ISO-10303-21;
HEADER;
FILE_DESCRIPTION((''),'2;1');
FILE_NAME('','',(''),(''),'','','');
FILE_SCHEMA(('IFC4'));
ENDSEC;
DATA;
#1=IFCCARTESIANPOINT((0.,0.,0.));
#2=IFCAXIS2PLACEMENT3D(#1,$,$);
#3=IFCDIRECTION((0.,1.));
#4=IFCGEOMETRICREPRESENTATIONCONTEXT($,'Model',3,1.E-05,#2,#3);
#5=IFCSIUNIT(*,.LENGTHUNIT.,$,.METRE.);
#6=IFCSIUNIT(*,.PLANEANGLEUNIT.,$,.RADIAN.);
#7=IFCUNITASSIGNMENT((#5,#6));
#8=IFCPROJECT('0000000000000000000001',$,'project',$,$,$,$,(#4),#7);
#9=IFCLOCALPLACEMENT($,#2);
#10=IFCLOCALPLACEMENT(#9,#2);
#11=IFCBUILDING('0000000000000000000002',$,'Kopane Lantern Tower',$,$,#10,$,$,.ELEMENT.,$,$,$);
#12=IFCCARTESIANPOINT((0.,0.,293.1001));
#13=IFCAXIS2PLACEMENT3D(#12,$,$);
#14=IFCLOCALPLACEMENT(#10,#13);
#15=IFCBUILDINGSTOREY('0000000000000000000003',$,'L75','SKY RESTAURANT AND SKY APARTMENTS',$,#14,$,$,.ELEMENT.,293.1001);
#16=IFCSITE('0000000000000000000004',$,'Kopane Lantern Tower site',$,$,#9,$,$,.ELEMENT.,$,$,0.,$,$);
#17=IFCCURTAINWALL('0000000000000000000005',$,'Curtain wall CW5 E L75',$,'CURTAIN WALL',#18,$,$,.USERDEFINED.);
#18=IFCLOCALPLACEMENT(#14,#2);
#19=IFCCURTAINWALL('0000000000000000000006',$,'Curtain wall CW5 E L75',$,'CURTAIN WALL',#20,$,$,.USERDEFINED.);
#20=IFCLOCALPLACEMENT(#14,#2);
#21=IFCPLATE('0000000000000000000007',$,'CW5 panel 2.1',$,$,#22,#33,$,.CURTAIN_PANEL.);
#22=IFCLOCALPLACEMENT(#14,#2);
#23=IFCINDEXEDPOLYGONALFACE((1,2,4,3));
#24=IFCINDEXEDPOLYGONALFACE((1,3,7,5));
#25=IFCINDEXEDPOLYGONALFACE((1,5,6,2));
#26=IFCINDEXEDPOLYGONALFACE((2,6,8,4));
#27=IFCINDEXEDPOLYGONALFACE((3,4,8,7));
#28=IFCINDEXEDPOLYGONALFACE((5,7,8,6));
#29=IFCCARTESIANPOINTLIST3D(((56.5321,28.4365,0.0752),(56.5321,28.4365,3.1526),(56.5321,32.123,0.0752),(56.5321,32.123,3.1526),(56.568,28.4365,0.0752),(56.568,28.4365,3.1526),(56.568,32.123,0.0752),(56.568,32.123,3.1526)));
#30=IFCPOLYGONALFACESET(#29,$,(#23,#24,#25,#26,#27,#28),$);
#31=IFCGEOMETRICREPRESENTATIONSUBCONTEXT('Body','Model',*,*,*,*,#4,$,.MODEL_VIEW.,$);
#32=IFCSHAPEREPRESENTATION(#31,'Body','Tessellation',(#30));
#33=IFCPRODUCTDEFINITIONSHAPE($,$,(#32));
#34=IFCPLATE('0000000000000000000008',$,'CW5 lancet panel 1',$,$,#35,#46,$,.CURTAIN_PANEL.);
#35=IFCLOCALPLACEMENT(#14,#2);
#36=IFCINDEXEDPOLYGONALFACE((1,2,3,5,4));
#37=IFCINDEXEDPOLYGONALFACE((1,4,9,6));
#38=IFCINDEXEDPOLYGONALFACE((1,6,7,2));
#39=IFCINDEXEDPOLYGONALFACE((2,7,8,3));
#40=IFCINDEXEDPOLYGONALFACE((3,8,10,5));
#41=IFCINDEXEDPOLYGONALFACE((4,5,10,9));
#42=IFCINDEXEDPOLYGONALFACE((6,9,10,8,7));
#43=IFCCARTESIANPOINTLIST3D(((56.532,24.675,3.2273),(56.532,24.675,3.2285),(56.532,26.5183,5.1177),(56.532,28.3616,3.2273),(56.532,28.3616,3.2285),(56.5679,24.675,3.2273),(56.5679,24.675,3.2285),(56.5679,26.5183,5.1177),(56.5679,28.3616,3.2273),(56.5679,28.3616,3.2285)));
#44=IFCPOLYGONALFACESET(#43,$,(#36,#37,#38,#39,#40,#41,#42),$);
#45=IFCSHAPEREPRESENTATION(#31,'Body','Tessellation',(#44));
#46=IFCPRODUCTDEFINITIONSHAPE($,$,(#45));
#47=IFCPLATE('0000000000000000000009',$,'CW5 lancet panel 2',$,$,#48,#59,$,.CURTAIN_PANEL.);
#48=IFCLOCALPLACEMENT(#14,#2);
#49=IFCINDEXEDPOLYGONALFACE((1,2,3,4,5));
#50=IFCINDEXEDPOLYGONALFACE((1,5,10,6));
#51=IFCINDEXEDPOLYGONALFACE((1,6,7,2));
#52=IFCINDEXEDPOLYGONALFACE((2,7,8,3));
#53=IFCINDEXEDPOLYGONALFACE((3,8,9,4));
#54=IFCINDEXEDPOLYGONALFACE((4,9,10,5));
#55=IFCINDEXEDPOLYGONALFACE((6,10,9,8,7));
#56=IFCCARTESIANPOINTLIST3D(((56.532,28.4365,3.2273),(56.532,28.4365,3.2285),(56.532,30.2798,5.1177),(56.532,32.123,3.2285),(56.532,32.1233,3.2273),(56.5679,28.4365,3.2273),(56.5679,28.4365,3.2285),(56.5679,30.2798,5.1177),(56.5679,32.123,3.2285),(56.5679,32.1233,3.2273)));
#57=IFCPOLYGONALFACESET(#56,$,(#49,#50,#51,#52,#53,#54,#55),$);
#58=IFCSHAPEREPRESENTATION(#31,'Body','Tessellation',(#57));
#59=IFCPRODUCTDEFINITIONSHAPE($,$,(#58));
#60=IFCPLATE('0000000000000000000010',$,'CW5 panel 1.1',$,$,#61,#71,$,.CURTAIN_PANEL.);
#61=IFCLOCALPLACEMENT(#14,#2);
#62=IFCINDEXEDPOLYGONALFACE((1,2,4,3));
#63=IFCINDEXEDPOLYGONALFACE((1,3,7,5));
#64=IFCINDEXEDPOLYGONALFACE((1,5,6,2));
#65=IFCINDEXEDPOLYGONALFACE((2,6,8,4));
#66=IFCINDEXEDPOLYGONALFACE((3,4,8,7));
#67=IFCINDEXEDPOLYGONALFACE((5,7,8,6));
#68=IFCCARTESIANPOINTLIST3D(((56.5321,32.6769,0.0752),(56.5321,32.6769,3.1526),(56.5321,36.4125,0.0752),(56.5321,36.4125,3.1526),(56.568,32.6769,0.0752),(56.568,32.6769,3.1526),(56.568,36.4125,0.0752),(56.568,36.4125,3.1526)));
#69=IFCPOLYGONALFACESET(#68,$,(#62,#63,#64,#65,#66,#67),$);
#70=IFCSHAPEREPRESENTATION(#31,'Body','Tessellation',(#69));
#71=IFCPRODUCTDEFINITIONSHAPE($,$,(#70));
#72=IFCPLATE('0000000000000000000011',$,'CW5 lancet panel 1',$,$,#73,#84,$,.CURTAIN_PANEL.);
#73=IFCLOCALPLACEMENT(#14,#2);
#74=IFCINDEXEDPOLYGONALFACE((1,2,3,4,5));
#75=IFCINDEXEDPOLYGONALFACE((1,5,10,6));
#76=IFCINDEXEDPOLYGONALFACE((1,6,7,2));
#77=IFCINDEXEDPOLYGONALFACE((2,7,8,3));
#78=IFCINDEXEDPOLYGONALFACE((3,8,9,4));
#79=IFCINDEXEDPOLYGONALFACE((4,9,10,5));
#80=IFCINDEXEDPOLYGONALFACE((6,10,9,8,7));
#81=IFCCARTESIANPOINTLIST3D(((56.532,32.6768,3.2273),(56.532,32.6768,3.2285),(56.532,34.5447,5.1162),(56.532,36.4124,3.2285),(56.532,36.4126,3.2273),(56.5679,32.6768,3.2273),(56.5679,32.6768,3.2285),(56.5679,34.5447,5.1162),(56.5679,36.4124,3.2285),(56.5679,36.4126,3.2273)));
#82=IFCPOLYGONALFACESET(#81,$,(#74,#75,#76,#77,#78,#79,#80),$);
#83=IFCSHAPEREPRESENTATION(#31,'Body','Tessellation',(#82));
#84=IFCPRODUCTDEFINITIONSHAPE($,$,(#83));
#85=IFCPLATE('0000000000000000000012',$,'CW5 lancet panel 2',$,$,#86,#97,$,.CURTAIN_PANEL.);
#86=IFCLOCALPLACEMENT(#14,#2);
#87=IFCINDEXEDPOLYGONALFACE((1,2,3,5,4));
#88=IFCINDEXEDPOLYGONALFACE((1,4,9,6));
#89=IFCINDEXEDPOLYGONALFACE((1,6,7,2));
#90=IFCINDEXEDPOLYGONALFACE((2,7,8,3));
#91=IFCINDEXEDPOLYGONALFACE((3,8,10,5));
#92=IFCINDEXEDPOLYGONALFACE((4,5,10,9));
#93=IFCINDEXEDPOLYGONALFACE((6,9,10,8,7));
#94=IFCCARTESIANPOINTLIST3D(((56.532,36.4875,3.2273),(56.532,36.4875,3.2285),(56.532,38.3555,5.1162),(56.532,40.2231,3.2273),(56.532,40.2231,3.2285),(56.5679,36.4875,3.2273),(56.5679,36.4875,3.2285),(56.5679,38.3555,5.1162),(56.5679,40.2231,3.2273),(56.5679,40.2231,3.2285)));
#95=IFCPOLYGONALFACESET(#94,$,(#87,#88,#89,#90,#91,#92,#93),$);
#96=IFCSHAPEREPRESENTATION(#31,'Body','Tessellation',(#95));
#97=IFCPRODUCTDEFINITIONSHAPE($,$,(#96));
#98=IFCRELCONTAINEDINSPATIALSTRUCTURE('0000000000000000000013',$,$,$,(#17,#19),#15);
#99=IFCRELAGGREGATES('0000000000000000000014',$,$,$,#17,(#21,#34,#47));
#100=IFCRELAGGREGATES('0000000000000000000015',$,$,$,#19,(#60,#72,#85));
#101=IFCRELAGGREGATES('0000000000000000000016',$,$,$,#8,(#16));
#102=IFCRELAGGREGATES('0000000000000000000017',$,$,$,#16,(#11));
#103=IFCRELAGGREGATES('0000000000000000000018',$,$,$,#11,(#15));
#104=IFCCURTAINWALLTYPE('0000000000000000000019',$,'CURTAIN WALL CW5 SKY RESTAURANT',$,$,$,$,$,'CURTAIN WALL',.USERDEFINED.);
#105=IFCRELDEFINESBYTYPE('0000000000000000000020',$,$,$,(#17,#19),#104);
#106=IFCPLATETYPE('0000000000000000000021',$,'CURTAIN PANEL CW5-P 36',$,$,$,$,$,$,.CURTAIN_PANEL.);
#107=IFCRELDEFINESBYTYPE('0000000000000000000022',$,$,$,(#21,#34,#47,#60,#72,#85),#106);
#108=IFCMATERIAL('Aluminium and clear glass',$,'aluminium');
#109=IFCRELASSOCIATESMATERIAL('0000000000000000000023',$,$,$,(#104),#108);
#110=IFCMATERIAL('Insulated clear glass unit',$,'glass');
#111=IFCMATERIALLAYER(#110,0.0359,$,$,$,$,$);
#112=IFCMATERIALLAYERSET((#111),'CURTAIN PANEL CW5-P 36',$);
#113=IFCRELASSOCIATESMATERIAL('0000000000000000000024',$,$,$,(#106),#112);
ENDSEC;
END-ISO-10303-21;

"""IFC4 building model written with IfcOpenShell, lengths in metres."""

from ifc_helpers import new_model, si_unit, direction, frame, origin, origin_2d, place, context, subcontext, project, spatial, polyline, rectangle, outline, extrude, material, layer, layer_set, type_object, element, aggregate, save


model = new_model("IFC4")

# Units and contexts
model_context = context("Model", 3, precision=1e-05, world=origin(), true_north=direction((0.0, 1.0)))
body_context = subcontext(model_context, "Body", "Model", "MODEL_VIEW")
ifc_project = project(units=[si_unit("LENGTHUNIT", "METRE"), si_unit("PLANEANGLEUNIT", "RADIAN")], contexts=[model_context])

# Site, building, storey
site_placement = place(None, origin())
site = spatial("IfcSite", under=ifc_project, at=site_placement, Name="Kopane Lantern Tower site", CompositionType="ELEMENT", RefElevation=0.0)
building_placement = place(site_placement, origin())
building = spatial("IfcBuilding", under=site, at=building_placement, Name="Kopane Lantern Tower", CompositionType="ELEMENT")
storey_placement = place(building_placement, frame((0.0, 0.0, 293.1001)))
storey = spatial("IfcBuildingStorey", under=building, at=storey_placement, Name="L75", Description="SKY RESTAURANT AND SKY APARTMENTS", CompositionType="ELEMENT", Elevation=293.1001)

# Curtain walls
ifc_material_1 = material(Name="Aluminium and clear glass", Category="aluminium")
curtain_wall_type = type_object("IfcCurtainWallType", Name="CURTAIN WALL CW5 SKY RESTAURANT", ElementType="CURTAIN WALL", PredefinedType="USERDEFINED", material=ifc_material_1)
curtain_wall_1_placement = place(storey_placement, origin())
curtain_wall_1 = element("IfcCurtainWall", 1, at=curtain_wall_1_placement, inside=storey, type_object=curtain_wall_type, Name="Curtain wall CW5 E L75", ObjectType="CURTAIN WALL", PredefinedType="USERDEFINED")
curtain_wall_2_placement = place(storey_placement, origin())
curtain_wall_2 = element("IfcCurtainWall", 2, at=curtain_wall_2_placement, inside=storey, type_object=curtain_wall_type, Name="Curtain wall CW5 E L75", ObjectType="CURTAIN WALL", PredefinedType="USERDEFINED")

# Plates
ifc_material_2 = material(Name="Insulated clear glass unit", Category="glass")
ifc_layer = layer(ifc_material_2, 0.0359)
ifc_layer_set = layer_set([ifc_layer], Name="CURTAIN PANEL CW5-P 36")
plate_type = type_object("IfcPlateType", Name="CURTAIN PANEL CW5-P 36", PredefinedType="CURTAIN_PANEL", material=ifc_layer_set)
plate_1_placement = place(storey_placement, frame((56.55, 30.2798, 0.0752), z_axis=(0.0, 0.0, 1.0), x_axis=(0.0, 1.0, 0.0)))
plate_1 = element("IfcPlate", 3, at=plate_1_placement, type_object=plate_type, Name="CW5 panel 2.1", PredefinedType="CURTAIN_PANEL", context=body_context, shape_type="SweptSolid", body=[
    extrude(rectangle(XDim=3.6865, YDim=0.0359, at=origin_2d()), origin(), (0.0, 0.0, 1.0), 3.0774),
])
plate_2_placement = place(storey_placement, frame((56.55, 24.675, 3.2273), z_axis=(0.0, 0.0, 1.0), x_axis=(0.0, 1.0, 0.0)))
plate_2 = element("IfcPlate", 4, at=plate_2_placement, type_object=plate_type, Name="CW5 lancet panel 1", PredefinedType="CURTAIN_PANEL", context=body_context, shape_type="SweptSolid", body=[
    extrude(outline(polyline([(0.0, 0.0), (3.6865, 0.0), (3.6865, 0.0012), (1.8433, 1.8904), (0.0, 0.0012), (0.0, 0.0)])), frame((0.0, 0.0181, 0.0), z_axis=(0.0, -1.0, 0.0), x_axis=(1.0, 0.0, 0.0)), (0.0, 0.0, 1.0), 0.0359),
])
plate_3_placement = place(storey_placement, frame((56.55, 28.4365, 3.2273), z_axis=(0.0, 0.0, 1.0), x_axis=(0.0, 1.0, 0.0)))
plate_3 = element("IfcPlate", 5, at=plate_3_placement, type_object=plate_type, Name="CW5 lancet panel 2", PredefinedType="CURTAIN_PANEL", context=body_context, shape_type="SweptSolid", body=[
    extrude(outline(polyline([(0.0, 0.0), (3.6868, 0.0), (3.6865, 0.0012), (1.8433, 1.8904), (0.0, 0.0012), (0.0, 0.0)])), frame((0.0, 0.0181, 0.0), z_axis=(0.0, -1.0, 0.0), x_axis=(1.0, 0.0, 0.0)), (0.0, 0.0, 1.0), 0.0359),
])
aggregate(curtain_wall_1, [plate_1, plate_2, plate_3])
plate_4_placement = place(storey_placement, frame((56.55, 34.5447, 0.0752), z_axis=(0.0, 0.0, 1.0), x_axis=(0.0, 1.0, 0.0)))
plate_4 = element("IfcPlate", 6, at=plate_4_placement, type_object=plate_type, Name="CW5 panel 1.1", PredefinedType="CURTAIN_PANEL", context=body_context, shape_type="SweptSolid", body=[
    extrude(rectangle(XDim=3.7356, YDim=0.0359, at=origin_2d()), origin(), (0.0, 0.0, 1.0), 3.0774),
])
plate_5_placement = place(storey_placement, frame((56.55, 32.6768, 3.2273), z_axis=(0.0, 0.0, 1.0), x_axis=(0.0, 1.0, 0.0)))
plate_5 = element("IfcPlate", 7, at=plate_5_placement, type_object=plate_type, Name="CW5 lancet panel 1", PredefinedType="CURTAIN_PANEL", context=body_context, shape_type="SweptSolid", body=[
    extrude(outline(polyline([(0.0, 0.0), (3.7358, 0.0), (3.7356, 0.0012), (1.8679, 1.8889), (0.0, 0.0012), (0.0, 0.0)])), frame((0.0, 0.0181, 0.0), z_axis=(0.0, -1.0, 0.0), x_axis=(1.0, 0.0, 0.0)), (0.0, 0.0, 1.0), 0.0359),
])
plate_6_placement = place(storey_placement, frame((56.55, 36.4875, 3.2273), z_axis=(0.0, 0.0, 1.0), x_axis=(0.0, 1.0, 0.0)))
plate_6 = element("IfcPlate", 8, at=plate_6_placement, type_object=plate_type, Name="CW5 lancet panel 2", PredefinedType="CURTAIN_PANEL", context=body_context, shape_type="SweptSolid", body=[
    extrude(outline(polyline([(0.0, 0.0), (3.7356, 0.0), (3.7356, 0.0012), (1.8679, 1.8889), (0.0, 0.0012), (0.0, 0.0)])), frame((0.0, 0.0181, 0.0), z_axis=(0.0, -1.0, 0.0), x_axis=(1.0, 0.0, 0.0)), (0.0, 0.0, 1.0), 0.0359),
])
aggregate(curtain_wall_2, [plate_4, plate_5, plate_6])

save(model, "model.ifc")
